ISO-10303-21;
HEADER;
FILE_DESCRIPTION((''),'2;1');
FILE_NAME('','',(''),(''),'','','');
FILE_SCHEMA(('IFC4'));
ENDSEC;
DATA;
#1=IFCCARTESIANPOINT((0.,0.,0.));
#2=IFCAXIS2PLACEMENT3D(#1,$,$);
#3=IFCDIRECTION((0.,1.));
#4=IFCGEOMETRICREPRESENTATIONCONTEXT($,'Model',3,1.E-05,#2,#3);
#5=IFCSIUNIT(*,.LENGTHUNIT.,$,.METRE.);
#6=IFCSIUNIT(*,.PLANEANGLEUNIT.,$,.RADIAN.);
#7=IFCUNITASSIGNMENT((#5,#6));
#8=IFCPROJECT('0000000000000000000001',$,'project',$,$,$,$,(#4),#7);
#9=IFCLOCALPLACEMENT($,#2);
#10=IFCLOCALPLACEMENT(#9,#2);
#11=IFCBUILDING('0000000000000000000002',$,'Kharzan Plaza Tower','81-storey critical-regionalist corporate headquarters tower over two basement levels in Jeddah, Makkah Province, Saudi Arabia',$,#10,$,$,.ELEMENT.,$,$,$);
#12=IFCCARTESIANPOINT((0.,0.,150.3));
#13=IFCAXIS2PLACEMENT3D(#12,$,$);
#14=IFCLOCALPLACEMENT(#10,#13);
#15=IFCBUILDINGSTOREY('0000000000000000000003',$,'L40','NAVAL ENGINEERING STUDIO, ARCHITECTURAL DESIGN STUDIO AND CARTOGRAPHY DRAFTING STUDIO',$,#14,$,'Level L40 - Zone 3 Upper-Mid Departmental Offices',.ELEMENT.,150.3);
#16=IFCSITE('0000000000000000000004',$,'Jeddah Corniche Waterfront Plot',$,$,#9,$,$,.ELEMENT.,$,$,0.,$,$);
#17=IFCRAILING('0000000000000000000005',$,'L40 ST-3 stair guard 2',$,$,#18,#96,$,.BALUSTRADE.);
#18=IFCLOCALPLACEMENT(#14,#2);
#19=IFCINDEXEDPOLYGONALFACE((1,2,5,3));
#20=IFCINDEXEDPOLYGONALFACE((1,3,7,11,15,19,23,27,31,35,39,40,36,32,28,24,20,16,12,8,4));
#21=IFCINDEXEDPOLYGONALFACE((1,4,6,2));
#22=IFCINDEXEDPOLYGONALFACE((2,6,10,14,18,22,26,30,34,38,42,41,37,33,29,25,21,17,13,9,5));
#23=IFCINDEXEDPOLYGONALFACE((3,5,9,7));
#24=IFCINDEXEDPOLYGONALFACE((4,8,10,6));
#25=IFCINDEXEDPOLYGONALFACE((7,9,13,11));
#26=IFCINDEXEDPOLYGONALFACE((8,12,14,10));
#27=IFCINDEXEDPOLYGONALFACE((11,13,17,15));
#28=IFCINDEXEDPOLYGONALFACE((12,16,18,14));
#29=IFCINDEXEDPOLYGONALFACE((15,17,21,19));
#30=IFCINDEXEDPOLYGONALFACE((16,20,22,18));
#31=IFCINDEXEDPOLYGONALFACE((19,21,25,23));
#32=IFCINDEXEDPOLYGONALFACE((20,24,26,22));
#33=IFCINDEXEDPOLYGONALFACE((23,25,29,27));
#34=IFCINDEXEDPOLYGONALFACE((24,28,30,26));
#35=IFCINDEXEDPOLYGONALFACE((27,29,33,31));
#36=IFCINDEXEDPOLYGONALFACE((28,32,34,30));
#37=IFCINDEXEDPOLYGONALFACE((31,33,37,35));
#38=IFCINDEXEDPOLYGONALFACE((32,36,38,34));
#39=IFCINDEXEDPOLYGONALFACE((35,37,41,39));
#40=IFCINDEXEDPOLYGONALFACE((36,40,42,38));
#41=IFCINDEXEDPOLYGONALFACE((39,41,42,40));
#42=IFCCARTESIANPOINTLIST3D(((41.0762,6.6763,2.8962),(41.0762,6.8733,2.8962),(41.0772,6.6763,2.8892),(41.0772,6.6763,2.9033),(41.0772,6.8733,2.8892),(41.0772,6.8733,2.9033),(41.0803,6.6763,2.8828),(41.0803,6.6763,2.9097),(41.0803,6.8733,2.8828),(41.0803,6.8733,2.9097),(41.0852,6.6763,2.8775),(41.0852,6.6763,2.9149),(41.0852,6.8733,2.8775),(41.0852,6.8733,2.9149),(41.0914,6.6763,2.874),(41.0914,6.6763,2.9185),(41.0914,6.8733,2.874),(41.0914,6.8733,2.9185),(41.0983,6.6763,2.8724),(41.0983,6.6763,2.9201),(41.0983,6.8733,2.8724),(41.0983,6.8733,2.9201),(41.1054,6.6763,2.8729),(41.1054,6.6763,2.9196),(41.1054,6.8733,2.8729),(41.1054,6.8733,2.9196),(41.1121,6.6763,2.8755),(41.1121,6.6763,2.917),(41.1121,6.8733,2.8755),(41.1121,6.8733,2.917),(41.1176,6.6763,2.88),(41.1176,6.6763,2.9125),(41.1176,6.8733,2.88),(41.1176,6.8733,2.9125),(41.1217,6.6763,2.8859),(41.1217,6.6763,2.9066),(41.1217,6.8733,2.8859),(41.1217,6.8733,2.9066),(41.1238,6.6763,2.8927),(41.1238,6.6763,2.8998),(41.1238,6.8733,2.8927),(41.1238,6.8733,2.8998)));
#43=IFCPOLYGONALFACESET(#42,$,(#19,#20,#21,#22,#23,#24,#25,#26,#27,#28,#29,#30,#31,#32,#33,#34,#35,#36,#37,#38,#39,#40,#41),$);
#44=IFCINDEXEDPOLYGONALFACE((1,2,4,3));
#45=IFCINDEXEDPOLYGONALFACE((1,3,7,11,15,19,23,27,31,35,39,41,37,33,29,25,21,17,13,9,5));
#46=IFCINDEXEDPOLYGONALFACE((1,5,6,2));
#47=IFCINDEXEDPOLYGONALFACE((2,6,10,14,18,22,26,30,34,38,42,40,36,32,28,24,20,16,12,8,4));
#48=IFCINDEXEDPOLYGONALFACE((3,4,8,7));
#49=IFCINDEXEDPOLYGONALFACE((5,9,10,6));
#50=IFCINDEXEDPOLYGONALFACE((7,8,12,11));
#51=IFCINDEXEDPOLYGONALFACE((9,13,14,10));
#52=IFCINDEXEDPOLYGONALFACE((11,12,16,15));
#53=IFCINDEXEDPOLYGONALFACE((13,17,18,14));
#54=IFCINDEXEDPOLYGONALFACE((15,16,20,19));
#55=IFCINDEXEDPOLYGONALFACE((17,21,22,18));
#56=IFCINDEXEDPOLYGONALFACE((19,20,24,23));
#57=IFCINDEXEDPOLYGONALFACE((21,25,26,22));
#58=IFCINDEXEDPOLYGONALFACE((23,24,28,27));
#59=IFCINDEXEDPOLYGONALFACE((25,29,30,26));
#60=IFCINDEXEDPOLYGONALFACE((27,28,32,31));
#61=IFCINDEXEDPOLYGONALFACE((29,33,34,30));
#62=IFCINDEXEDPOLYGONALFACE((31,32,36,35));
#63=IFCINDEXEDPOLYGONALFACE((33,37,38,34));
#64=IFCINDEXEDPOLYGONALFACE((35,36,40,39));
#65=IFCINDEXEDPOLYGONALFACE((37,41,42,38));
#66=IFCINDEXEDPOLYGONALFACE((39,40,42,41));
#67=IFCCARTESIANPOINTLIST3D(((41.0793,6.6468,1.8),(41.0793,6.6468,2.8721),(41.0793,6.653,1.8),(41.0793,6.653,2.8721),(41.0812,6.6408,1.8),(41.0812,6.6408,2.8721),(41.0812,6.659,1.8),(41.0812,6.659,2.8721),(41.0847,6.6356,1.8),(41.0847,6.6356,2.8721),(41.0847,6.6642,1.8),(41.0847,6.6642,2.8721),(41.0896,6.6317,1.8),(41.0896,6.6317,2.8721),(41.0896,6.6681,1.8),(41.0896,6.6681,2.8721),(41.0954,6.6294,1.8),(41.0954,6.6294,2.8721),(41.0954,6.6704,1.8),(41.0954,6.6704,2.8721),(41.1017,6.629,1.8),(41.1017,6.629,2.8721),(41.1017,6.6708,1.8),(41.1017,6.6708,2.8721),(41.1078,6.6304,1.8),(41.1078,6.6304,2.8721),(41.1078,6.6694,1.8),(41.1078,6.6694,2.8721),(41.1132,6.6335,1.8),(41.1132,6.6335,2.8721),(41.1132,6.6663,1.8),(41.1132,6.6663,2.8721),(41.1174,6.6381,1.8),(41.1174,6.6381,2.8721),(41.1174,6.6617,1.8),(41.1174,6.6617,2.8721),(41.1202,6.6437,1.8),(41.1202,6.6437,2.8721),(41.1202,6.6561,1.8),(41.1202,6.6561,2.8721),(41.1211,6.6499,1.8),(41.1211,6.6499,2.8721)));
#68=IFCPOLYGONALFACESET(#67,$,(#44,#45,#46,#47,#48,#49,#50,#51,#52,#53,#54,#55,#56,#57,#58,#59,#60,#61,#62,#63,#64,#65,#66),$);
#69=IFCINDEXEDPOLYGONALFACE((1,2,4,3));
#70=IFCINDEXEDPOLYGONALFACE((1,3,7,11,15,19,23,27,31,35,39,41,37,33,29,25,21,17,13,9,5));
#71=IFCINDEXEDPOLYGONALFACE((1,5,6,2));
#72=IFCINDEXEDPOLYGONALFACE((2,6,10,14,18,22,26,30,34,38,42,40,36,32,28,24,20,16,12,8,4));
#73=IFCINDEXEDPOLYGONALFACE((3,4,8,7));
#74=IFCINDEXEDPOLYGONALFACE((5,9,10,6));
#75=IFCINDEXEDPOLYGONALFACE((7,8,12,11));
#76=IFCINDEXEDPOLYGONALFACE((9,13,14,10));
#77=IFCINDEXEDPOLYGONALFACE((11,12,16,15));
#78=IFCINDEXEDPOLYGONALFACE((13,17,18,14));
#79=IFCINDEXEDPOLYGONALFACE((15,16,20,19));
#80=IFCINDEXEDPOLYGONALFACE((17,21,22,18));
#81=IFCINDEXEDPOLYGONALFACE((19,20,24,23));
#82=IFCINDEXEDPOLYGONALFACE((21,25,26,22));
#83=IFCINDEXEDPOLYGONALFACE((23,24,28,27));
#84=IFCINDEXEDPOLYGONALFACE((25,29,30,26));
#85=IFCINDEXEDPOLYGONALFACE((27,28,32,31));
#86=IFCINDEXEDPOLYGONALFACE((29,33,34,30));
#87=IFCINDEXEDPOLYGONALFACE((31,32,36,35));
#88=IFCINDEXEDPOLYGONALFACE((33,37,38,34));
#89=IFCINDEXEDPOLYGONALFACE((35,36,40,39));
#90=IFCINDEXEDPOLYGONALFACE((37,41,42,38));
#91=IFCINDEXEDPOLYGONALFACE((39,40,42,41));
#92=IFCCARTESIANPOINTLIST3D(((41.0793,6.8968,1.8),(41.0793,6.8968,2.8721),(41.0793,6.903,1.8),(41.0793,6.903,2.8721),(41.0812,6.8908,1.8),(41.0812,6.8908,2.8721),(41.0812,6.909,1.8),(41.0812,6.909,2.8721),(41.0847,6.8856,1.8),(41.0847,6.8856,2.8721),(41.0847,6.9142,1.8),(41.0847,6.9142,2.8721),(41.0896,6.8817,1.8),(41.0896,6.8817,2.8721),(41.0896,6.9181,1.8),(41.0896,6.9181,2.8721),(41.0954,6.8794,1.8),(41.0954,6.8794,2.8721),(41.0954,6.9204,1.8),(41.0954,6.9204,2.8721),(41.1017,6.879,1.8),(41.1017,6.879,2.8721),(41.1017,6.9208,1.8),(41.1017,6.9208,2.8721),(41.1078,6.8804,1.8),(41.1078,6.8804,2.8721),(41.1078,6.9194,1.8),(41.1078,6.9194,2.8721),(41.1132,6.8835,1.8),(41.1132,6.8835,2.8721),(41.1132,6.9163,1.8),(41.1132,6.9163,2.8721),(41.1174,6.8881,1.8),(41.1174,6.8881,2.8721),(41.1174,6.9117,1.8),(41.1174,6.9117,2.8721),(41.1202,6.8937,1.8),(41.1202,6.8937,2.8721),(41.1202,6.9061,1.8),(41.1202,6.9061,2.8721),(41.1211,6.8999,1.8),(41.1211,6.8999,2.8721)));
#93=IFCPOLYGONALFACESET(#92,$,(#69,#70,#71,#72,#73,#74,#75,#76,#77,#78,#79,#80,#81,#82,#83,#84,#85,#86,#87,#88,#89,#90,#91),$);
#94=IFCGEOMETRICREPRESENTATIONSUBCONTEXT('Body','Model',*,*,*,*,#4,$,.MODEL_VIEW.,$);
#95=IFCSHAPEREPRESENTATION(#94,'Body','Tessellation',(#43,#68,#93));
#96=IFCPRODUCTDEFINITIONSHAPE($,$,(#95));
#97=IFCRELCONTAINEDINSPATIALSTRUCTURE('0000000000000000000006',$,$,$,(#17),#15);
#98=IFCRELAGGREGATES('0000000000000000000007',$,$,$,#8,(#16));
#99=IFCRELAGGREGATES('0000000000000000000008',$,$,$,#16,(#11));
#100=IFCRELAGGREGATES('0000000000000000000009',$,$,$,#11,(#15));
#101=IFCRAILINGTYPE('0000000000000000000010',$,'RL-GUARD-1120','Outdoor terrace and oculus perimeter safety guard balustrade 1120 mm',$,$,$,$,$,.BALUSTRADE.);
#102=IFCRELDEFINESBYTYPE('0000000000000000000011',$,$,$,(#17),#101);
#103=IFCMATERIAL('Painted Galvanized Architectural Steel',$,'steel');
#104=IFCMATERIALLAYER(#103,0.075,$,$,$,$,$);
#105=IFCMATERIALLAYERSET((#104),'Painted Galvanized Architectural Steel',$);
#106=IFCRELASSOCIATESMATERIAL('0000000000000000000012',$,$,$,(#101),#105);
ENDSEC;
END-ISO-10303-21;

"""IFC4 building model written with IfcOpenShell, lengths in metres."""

from ifc_helpers import new_model, si_unit, direction, frame, origin, origin_2d, place, context, subcontext, project, spatial, circle, extrude, source, transform, mapped, material, layer, layer_set, type_object, element, save


model = new_model("IFC4")

# Units and contexts
model_context = context("Model", 3, precision=1e-05, world=origin(), true_north=direction((0.0, 1.0)))
body_context = subcontext(model_context, "Body", "Model", "MODEL_VIEW")
ifc_project = project(units=[si_unit("LENGTHUNIT", "METRE"), si_unit("PLANEANGLEUNIT", "RADIAN")], contexts=[model_context])

# Site, building, storey
site_placement = place(None, origin())
site = spatial("IfcSite", under=ifc_project, at=site_placement, Name="Jeddah Corniche Waterfront Plot", CompositionType="ELEMENT", RefElevation=0.0)
building_placement = place(site_placement, origin())
building = spatial("IfcBuilding", under=site, at=building_placement, Name="Kharzan Plaza Tower", Description="81-storey critical-regionalist corporate headquarters tower over two basement levels in Jeddah, Makkah Province, Saudi Arabia", CompositionType="ELEMENT")
storey_placement = place(building_placement, frame((0.0, 0.0, 150.3)))
storey = spatial("IfcBuildingStorey", under=building, at=storey_placement, Name="L40", Description="NAVAL ENGINEERING STUDIO, ARCHITECTURAL DESIGN STUDIO AND CARTOGRAPHY DRAFTING STUDIO", LongName="Level L40 - Zone 3 Upper-Mid Departmental Offices", CompositionType="ELEMENT", Elevation=150.3)

# Railing
ifc_material_1 = material(Name="Painted Galvanized Architectural Steel", Category="steel")
ifc_layer_1 = layer(ifc_material_1, 0.075)
ifc_layer_set_1 = layer_set([ifc_layer_1], Name="Painted Galvanized Architectural Steel")
railing_type_1 = type_object("IfcRailingType", Name="RL-GUARD-1120", Description="Outdoor terrace and oculus perimeter safety guard balustrade 1120 mm", PredefinedType="BALUSTRADE", material=ifc_layer_set_1)
shared_shape_1 = source(origin(), body_context, "Body", "SweptSolid", [
    extrude(circle(Radius=0.0239, at=origin_2d()), frame((0.0, 0.0264, 1.0962), z_axis=(0.0, 1.0, 0.0), x_axis=(-1.0, 0.0, 0.0)), (0.0, 0.0, 1.0), 0.197),
    extrude(circle(Radius=0.021, at=origin_2d()), origin(), (0.0, 0.0, 1.0), 1.072),
    extrude(circle(Radius=0.021, at=origin_2d()), frame((0.0, 0.25, 0.0)), (0.0, 0.0, 1.0), 1.072),
])
railing_1_placement = place(storey_placement, frame((41.1001, 6.6499, 1.8)))
element("IfcRailing", 1, at=railing_1_placement, inside=storey, type_object=railing_type_1, Name="L40 ST-3 stair guard 2", PredefinedType="BALUSTRADE", context=body_context, shape_type="MappedRepresentation", body=[
    mapped(shared_shape_1, transform((0.0, 0.0, 0.0), x_axis=(1.0, 0.0, 0.0), y_axis=(0.0, 1.0, 0.0), z_axis=(0.0, 0.0, 1.0))),
])

save(model, "model.ifc")
